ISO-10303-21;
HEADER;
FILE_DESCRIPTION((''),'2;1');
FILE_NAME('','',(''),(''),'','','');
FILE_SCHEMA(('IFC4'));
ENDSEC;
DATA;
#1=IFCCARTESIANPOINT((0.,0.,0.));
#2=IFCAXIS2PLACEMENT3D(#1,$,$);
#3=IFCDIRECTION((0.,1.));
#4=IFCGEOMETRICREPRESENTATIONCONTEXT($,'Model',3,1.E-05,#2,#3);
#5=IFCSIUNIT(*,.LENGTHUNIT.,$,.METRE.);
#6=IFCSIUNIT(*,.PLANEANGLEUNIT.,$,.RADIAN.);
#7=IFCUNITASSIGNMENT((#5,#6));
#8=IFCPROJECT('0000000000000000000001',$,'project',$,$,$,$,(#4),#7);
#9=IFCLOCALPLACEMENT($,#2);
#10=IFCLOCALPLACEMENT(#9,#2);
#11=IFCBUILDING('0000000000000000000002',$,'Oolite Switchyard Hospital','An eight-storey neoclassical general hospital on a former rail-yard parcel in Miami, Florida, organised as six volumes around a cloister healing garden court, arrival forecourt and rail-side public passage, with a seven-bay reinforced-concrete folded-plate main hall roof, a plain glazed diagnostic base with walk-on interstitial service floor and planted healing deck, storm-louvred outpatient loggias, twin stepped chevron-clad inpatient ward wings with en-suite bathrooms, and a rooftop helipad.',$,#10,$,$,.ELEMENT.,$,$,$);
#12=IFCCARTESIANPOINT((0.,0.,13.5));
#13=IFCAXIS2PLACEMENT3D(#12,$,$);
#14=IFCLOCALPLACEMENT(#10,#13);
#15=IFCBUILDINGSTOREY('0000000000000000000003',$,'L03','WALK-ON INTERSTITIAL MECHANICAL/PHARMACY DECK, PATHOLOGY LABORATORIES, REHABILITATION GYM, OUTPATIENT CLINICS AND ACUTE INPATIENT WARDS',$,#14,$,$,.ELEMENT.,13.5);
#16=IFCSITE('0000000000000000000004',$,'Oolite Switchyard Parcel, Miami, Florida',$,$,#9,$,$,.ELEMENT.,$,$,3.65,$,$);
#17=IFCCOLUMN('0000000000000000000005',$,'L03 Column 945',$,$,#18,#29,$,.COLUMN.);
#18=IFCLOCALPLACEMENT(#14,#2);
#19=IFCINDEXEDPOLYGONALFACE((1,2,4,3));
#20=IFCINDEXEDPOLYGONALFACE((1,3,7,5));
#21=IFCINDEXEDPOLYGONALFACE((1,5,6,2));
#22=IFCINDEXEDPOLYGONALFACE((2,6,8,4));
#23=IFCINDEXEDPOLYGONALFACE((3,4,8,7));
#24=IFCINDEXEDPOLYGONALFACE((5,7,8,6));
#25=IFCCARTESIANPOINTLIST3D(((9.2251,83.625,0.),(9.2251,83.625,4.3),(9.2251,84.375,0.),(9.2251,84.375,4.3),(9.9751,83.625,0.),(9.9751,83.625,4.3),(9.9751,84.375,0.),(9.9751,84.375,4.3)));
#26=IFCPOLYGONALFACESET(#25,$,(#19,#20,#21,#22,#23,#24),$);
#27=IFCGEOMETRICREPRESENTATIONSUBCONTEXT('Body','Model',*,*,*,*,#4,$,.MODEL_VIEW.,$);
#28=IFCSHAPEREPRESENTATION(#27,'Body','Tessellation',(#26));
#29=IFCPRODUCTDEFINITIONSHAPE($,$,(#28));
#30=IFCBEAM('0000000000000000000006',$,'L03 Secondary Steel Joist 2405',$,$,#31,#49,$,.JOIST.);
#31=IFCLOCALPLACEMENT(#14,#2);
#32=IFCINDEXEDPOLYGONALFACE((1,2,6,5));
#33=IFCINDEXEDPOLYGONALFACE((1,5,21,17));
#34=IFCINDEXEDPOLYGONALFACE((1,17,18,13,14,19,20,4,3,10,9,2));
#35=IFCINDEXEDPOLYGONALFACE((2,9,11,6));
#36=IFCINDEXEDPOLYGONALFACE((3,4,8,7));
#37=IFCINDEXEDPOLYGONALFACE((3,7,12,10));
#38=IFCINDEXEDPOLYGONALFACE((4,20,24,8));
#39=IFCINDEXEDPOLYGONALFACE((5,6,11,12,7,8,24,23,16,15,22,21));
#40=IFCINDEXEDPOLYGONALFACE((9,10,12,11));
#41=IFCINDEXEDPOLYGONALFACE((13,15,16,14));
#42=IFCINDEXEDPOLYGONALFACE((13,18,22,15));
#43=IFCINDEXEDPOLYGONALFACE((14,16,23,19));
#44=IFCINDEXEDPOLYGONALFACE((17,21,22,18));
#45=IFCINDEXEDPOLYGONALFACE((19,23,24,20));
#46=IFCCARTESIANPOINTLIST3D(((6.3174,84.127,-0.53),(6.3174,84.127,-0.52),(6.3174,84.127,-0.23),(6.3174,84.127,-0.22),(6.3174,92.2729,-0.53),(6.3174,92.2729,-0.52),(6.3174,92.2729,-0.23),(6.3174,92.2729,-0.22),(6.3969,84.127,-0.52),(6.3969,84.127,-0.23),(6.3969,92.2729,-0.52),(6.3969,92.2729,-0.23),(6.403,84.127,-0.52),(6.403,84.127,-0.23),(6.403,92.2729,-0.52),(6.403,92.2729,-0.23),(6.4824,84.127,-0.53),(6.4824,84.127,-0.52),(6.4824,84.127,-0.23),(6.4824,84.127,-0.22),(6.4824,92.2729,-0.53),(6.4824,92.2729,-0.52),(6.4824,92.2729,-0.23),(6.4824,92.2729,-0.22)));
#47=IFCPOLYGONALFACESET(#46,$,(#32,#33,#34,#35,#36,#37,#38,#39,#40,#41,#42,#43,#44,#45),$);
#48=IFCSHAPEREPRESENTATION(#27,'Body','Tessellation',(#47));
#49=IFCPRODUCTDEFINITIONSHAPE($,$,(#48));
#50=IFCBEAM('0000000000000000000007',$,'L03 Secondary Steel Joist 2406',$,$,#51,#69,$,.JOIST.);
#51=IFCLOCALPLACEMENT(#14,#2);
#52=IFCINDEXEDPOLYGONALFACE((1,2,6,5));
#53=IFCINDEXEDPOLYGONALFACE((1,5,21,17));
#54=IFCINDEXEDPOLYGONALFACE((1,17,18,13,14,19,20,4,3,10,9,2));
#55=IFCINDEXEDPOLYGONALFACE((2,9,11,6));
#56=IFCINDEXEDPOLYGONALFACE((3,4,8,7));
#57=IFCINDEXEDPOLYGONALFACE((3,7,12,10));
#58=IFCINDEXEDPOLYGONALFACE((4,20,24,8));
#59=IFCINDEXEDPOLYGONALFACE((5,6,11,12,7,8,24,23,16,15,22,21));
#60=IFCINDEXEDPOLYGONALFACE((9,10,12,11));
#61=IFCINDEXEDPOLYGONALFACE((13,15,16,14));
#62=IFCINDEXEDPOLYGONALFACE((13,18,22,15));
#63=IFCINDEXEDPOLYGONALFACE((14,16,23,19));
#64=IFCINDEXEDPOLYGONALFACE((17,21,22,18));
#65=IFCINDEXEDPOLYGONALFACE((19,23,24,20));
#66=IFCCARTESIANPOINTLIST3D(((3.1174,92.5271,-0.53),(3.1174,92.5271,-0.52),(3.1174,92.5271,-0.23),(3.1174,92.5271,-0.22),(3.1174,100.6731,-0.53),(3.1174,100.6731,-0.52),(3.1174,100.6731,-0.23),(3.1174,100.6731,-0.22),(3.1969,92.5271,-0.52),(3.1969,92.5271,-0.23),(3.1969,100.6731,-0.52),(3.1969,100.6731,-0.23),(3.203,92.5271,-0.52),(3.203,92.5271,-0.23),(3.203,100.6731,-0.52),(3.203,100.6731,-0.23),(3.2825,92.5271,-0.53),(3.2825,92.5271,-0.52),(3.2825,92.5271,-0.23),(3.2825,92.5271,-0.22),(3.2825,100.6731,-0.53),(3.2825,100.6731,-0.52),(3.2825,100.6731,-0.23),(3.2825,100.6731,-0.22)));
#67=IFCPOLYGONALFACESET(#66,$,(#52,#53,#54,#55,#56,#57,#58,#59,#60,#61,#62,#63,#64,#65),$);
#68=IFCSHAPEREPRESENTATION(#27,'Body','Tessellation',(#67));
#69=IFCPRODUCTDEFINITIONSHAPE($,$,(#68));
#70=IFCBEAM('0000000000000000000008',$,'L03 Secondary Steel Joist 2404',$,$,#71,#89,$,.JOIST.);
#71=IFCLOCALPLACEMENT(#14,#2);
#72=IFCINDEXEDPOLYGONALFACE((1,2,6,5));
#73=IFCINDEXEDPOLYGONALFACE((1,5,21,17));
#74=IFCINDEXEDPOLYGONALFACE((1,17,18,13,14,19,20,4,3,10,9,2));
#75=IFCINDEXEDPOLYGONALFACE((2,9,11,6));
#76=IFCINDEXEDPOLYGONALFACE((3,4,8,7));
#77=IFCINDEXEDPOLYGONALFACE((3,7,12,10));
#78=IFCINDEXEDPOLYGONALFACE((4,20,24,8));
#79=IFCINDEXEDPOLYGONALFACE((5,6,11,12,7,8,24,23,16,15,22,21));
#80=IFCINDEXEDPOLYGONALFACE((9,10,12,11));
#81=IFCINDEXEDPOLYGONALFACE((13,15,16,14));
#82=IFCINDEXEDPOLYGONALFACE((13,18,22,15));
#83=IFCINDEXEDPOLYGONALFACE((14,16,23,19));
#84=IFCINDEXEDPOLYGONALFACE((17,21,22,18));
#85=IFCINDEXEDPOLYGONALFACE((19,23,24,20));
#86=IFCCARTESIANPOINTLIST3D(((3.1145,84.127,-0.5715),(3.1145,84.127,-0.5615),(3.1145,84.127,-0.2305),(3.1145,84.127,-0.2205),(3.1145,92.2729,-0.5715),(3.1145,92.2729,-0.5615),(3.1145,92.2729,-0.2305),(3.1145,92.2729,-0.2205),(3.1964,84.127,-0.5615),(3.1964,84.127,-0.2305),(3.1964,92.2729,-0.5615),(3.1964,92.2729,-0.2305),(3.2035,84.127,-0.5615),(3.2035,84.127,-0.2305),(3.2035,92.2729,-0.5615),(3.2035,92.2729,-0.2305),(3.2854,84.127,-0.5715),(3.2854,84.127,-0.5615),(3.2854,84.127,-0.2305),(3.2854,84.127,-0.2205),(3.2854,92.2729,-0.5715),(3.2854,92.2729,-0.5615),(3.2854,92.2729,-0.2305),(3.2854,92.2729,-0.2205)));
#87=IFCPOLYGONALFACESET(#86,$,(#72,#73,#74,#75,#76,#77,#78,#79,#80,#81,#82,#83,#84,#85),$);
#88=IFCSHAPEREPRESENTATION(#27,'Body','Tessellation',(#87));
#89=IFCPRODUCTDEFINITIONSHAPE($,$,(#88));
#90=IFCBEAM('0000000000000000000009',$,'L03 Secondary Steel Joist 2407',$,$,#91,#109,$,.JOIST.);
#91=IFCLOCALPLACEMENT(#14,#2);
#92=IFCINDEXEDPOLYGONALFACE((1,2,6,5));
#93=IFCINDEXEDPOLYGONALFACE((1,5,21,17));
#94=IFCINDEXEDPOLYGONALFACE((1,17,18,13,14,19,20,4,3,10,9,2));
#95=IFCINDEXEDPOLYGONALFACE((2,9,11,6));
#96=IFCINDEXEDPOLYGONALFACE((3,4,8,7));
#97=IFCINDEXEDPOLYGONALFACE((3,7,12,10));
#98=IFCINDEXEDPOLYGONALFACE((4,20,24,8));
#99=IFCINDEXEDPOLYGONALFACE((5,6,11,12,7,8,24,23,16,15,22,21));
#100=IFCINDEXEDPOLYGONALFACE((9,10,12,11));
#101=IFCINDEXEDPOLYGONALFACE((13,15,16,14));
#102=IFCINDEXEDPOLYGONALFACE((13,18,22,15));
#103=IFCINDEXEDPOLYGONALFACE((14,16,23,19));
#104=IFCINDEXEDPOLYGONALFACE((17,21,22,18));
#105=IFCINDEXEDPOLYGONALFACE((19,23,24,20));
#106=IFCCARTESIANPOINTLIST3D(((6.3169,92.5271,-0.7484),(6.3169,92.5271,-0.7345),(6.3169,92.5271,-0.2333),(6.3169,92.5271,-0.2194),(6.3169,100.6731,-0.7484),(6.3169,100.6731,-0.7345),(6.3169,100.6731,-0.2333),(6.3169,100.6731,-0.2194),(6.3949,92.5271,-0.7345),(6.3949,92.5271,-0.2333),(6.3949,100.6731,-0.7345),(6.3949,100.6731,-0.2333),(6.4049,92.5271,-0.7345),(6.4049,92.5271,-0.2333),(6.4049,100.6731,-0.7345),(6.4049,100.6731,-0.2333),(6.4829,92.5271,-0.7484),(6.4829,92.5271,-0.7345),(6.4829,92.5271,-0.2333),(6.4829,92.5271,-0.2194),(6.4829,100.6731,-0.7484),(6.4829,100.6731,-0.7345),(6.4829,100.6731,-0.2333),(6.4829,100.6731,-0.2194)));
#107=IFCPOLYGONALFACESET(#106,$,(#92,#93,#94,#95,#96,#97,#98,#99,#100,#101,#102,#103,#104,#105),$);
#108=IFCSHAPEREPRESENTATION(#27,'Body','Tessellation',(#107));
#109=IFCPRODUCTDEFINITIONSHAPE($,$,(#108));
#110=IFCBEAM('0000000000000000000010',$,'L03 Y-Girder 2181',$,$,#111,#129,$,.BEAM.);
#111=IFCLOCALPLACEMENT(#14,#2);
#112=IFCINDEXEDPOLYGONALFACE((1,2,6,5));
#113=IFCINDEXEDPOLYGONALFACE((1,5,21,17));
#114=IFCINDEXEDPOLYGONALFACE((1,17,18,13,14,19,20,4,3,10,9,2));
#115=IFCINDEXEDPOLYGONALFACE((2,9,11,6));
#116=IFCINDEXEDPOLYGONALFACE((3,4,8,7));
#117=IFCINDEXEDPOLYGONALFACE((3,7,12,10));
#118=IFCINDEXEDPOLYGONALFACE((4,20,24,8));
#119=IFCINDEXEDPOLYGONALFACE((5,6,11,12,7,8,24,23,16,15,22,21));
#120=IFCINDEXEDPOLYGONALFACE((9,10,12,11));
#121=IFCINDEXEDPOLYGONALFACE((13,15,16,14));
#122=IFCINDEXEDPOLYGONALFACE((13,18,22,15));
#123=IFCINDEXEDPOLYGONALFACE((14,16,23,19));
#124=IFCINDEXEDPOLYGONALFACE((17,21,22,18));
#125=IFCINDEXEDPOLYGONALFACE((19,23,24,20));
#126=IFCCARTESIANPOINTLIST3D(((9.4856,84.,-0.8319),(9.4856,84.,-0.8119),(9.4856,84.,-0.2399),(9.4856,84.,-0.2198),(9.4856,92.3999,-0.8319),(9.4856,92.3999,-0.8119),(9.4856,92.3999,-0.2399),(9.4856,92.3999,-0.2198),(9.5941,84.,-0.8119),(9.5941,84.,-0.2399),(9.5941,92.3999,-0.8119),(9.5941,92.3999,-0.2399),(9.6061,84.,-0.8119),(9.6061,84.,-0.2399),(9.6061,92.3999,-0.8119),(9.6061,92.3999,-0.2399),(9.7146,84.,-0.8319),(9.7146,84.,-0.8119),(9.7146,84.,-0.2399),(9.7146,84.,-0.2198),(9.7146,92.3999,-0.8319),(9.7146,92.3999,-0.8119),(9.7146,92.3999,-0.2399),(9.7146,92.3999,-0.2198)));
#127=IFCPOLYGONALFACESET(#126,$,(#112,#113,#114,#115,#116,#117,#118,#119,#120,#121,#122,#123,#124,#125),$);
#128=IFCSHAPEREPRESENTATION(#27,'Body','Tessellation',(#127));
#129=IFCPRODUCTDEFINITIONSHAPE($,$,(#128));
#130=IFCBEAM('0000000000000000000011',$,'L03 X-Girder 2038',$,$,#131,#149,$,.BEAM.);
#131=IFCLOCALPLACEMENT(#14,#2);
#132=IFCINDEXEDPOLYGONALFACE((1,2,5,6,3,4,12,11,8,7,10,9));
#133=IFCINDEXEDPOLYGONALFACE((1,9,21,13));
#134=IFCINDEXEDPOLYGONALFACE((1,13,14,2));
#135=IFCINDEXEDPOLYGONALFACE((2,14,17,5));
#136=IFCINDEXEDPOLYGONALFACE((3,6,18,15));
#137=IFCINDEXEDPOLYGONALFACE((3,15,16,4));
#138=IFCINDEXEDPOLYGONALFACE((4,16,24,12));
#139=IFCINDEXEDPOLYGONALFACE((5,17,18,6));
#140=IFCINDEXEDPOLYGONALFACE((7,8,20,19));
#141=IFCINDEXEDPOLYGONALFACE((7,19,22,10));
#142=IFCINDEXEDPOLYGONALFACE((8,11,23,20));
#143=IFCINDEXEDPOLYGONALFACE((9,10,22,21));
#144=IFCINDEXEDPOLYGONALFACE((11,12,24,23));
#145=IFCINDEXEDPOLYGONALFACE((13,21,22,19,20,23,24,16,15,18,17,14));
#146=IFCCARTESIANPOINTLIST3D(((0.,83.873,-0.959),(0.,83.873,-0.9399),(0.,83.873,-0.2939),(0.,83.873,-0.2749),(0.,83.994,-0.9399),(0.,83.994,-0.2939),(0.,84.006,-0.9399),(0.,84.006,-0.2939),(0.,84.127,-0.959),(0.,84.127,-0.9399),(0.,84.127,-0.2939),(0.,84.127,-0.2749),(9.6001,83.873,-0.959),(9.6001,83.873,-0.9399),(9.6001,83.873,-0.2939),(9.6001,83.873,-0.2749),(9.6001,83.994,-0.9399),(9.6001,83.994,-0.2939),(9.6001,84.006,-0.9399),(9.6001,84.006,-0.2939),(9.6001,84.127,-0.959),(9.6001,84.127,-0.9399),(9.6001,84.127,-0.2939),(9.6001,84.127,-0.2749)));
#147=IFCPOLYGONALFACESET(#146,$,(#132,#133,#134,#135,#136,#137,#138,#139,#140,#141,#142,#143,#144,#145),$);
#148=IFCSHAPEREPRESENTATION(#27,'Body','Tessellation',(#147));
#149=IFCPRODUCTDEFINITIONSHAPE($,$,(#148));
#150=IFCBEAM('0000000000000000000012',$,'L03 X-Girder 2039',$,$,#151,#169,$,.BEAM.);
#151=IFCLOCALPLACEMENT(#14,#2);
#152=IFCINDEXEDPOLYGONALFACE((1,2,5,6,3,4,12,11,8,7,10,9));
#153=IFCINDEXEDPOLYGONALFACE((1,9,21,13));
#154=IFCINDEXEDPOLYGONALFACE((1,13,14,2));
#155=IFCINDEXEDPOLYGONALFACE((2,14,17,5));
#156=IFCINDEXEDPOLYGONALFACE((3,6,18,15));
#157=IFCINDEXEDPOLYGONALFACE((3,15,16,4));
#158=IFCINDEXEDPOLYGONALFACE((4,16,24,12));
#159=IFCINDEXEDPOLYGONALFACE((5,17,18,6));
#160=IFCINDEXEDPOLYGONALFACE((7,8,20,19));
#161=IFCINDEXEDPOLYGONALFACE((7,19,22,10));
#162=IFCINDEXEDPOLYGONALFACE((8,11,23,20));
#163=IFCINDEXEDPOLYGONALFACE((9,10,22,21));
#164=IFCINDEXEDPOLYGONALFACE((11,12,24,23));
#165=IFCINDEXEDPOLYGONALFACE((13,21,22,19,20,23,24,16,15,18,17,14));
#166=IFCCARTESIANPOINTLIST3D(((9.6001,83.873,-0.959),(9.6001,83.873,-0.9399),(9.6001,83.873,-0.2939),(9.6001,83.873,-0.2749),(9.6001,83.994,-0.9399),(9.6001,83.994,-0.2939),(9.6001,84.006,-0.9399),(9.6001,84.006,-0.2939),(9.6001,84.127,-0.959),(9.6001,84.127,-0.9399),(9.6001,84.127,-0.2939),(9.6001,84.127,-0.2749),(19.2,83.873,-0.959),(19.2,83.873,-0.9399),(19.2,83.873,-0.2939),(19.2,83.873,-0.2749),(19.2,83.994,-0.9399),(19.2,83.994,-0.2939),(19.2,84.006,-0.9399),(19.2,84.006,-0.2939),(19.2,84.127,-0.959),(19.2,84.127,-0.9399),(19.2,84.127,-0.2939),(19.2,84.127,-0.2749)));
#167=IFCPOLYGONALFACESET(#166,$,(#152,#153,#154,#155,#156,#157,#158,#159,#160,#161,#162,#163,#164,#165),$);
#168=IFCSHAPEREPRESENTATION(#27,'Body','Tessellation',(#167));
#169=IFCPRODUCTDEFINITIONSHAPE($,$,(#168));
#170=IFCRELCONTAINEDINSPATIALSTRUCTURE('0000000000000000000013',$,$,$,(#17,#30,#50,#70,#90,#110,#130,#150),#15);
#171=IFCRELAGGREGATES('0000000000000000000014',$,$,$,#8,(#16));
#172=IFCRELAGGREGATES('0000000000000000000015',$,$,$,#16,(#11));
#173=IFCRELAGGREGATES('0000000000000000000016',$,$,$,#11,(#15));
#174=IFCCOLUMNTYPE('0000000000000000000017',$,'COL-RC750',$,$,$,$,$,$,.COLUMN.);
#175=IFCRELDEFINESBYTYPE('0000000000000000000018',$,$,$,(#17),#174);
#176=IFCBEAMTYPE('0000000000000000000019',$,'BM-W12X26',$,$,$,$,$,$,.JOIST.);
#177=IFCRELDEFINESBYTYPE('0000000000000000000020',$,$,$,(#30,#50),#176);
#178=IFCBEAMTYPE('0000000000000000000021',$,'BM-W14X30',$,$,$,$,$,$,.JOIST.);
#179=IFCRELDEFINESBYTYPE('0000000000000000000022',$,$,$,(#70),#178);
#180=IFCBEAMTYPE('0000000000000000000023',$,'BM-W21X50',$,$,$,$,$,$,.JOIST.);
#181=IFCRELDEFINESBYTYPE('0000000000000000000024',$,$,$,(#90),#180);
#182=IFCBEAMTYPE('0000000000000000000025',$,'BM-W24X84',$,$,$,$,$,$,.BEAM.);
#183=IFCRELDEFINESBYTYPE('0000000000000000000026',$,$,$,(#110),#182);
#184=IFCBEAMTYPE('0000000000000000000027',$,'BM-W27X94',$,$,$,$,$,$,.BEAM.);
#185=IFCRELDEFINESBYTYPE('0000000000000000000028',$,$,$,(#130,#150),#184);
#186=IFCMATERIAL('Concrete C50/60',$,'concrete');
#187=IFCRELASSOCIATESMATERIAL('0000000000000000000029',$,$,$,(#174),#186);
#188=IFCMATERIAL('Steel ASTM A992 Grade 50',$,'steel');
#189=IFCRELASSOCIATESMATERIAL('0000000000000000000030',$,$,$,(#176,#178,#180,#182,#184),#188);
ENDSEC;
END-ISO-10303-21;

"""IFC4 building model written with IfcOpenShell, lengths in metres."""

from ifc_helpers import new_model, si_unit, direction, frame, origin, origin_2d, place, context, subcontext, project, spatial, rectangle, i_section, extrude, material, material_profile, profile_set, type_object, element, save


model = new_model("IFC4")

# Units and contexts
model_context = context("Model", 3, precision=1e-05, world=origin(), true_north=direction((0.0, 1.0)))
body_context = subcontext(model_context, "Body", "Model", "MODEL_VIEW")
ifc_project = project(units=[si_unit("LENGTHUNIT", "METRE"), si_unit("PLANEANGLEUNIT", "RADIAN")], contexts=[model_context])

# Site, building, storey
site_placement = place(None, origin())
site = spatial("IfcSite", under=ifc_project, at=site_placement, Name="Oolite Switchyard Parcel, Miami, Florida", CompositionType="ELEMENT", RefElevation=3.65)
building_placement = place(site_placement, origin())
building = spatial("IfcBuilding", under=site, at=building_placement, Name="Oolite Switchyard Hospital", Description="An eight-storey neoclassical general hospital on a former rail-yard parcel in Miami, Florida, organised as six volumes around a cloister healing garden court, arrival forecourt and rail-side public passage, with a seven-bay reinforced-concrete folded-plate main hall roof, a plain glazed diagnostic base with walk-on interstitial service floor and planted healing deck, storm-louvred outpatient loggias, twin stepped chevron-clad inpatient ward wings with en-suite bathrooms, and a rooftop helipad.", CompositionType="ELEMENT")
storey_placement = place(building_placement, frame((0.0, 0.0, 13.5)))
storey = spatial("IfcBuildingStorey", under=building, at=storey_placement, Name="L03", Description="WALK-ON INTERSTITIAL MECHANICAL/PHARMACY DECK, PATHOLOGY LABORATORIES, REHABILITATION GYM, OUTPATIENT CLINICS AND ACUTE INPATIENT WARDS", CompositionType="ELEMENT", Elevation=13.5)

# Column
ifc_material_1 = material(Name="Concrete C50/60", Category="concrete")
ifc_material_profile_1 = material_profile(ifc_material_1, rectangle(XDim=0.75, YDim=0.75, at=origin_2d()), Name="RC750X750")
ifc_profile_set_1 = profile_set([ifc_material_profile_1], Name="Concrete C50/60")
column_type = type_object("IfcColumnType", Name="COL-RC750", PredefinedType="COLUMN", material=ifc_profile_set_1)
column_placement = place(storey_placement, frame((9.6001, 84.0, 0.0), z_axis=(0.0, 0.0, 1.0), x_axis=(1.0, 0.0, 0.0)))
element("IfcColumn", 1, at=column_placement, inside=storey, type_object=column_type, Name="L03 Column 945", PredefinedType="COLUMN", context=body_context, shape_type="SweptSolid", body=[
    extrude(rectangle(XDim=0.75, YDim=0.75, at=origin_2d()), origin(), (0.0, 0.0, 1.0), 4.3),
])

# Beams
ifc_material_2 = material(Name="Steel ASTM A992 Grade 50", Category="steel")
ifc_material_profile_2 = material_profile(ifc_material_2, i_section(OverallWidth=0.165, OverallDepth=0.3101, WebThickness=0.0061, FlangeThickness=0.01, at=origin_2d()), Name="W12X26")
ifc_profile_set_2 = profile_set([ifc_material_profile_2], Name="Steel ASTM A992 Grade 50")
beam_type_1 = type_object("IfcBeamType", Name="BM-W12X26", PredefinedType="JOIST", material=ifc_profile_set_2)
for number, where, z_axis, x_axis, name in (
    (2, (6.3999, 84.127, -0.375), (0.0, 1.0, 0.0), (-1.0, 0.0, 0.0), "L03 Secondary Steel Joist 2405"),
    (3, (3.2, 92.5271, -0.375), (0.0, 1.0, 0.0), (-1.0, 0.0, 0.0), "L03 Secondary Steel Joist 2406"),
):
    element("IfcBeam", number, at=place(storey_placement, frame(where, z_axis=z_axis, x_axis=x_axis)), inside=storey, type_object=beam_type_1, Name=name, PredefinedType="JOIST", context=body_context, shape_type="SweptSolid", body=[
        extrude(i_section(OverallWidth=0.165, OverallDepth=0.3101, WebThickness=0.0061, FlangeThickness=0.01, at=origin_2d()), origin(), (0.0, 0.0, 1.0), 8.146),
    ])
ifc_material_profile_3 = material_profile(ifc_material_2, i_section(OverallWidth=0.1709, OverallDepth=0.3511, WebThickness=0.0071, FlangeThickness=0.01, at=origin_2d()), Name="W14X30")
ifc_profile_set_3 = profile_set([ifc_material_profile_3], Name="Steel ASTM A992 Grade 50")
beam_type_2 = type_object("IfcBeamType", Name="BM-W14X30", PredefinedType="JOIST", material=ifc_profile_set_3)
beam_1_placement = place(storey_placement, frame((3.2, 84.127, -0.396), z_axis=(0.0, 1.0, 0.0), x_axis=(-1.0, 0.0, 0.0)))
element("IfcBeam", 4, at=beam_1_placement, inside=storey, type_object=beam_type_2, Name="L03 Secondary Steel Joist 2404", PredefinedType="JOIST", context=body_context, shape_type="SweptSolid", body=[
    extrude(i_section(OverallWidth=0.1709, OverallDepth=0.3511, WebThickness=0.0071, FlangeThickness=0.01, at=origin_2d()), origin(), (0.0, 0.0, 1.0), 8.146),
])
ifc_material_profile_4 = material_profile(ifc_material_2, i_section(OverallWidth=0.166, OverallDepth=0.5291, WebThickness=0.01, FlangeThickness=0.0139, at=origin_2d()), Name="W21X50")
ifc_profile_set_4 = profile_set([ifc_material_profile_4], Name="Steel ASTM A992 Grade 50")
beam_type_3 = type_object("IfcBeamType", Name="BM-W21X50", PredefinedType="JOIST", material=ifc_profile_set_4)
beam_2_placement = place(storey_placement, frame((6.3999, 92.5271, -0.4839), z_axis=(0.0, 1.0, 0.0), x_axis=(-1.0, 0.0, 0.0)))
element("IfcBeam", 5, at=beam_2_placement, inside=storey, type_object=beam_type_3, Name="L03 Secondary Steel Joist 2407", PredefinedType="JOIST", context=body_context, shape_type="SweptSolid", body=[
    extrude(i_section(OverallWidth=0.166, OverallDepth=0.5291, WebThickness=0.01, FlangeThickness=0.0139, at=origin_2d()), origin(), (0.0, 0.0, 1.0), 8.146),
])
ifc_material_profile_5 = material_profile(ifc_material_2, i_section(OverallWidth=0.229, OverallDepth=0.6121, WebThickness=0.012, FlangeThickness=0.02, at=origin_2d()), Name="W24X84")
ifc_profile_set_5 = profile_set([ifc_material_profile_5], Name="Steel ASTM A992 Grade 50")
beam_type_4 = type_object("IfcBeamType", Name="BM-W24X84", PredefinedType="BEAM", material=ifc_profile_set_5)
beam_3_placement = place(storey_placement, frame((9.6001, 84.0, -0.5259), z_axis=(0.0, 1.0, 0.0), x_axis=(-1.0, 0.0, 0.0)))
element("IfcBeam", 6, at=beam_3_placement, inside=storey, type_object=beam_type_4, Name="L03 Y-Girder 2181", PredefinedType="BEAM", context=body_context, shape_type="SweptSolid", body=[
    extrude(i_section(OverallWidth=0.229, OverallDepth=0.6121, WebThickness=0.012, FlangeThickness=0.02, at=origin_2d()), origin(), (0.0, 0.0, 1.0), 8.3999),
])
ifc_material_profile_6 = material_profile(ifc_material_2, i_section(OverallWidth=0.2539, OverallDepth=0.6841, WebThickness=0.012, FlangeThickness=0.019, at=origin_2d()), Name="W27X94")
ifc_profile_set_6 = profile_set([ifc_material_profile_6], Name="Steel ASTM A992 Grade 50")
beam_type_5 = type_object("IfcBeamType", Name="BM-W27X94", PredefinedType="BEAM", material=ifc_profile_set_6)
beam_4_placement = place(storey_placement, frame((0.0, 84.0, -0.6169), z_axis=(1.0, 0.0, 0.0), x_axis=(0.0, 1.0, 0.0)))
element("IfcBeam", 7, at=beam_4_placement, inside=storey, type_object=beam_type_5, Name="L03 X-Girder 2038", PredefinedType="BEAM", context=body_context, shape_type="SweptSolid", body=[
    extrude(i_section(OverallWidth=0.2539, OverallDepth=0.6841, WebThickness=0.012, FlangeThickness=0.019, at=origin_2d()), origin(), (0.0, 0.0, 1.0), 9.6001),
])
beam_5_placement = place(storey_placement, frame((9.6001, 84.0, -0.6169), z_axis=(1.0, 0.0, 0.0), x_axis=(0.0, 1.0, 0.0)))
element("IfcBeam", 8, at=beam_5_placement, inside=storey, type_object=beam_type_5, Name="L03 X-Girder 2039", PredefinedType="BEAM", context=body_context, shape_type="SweptSolid", body=[
    extrude(i_section(OverallWidth=0.2539, OverallDepth=0.6841, WebThickness=0.012, FlangeThickness=0.019, at=origin_2d()), origin(), (0.0, 0.0, 1.0), 9.5999),
])

save(model, "model.ifc")
